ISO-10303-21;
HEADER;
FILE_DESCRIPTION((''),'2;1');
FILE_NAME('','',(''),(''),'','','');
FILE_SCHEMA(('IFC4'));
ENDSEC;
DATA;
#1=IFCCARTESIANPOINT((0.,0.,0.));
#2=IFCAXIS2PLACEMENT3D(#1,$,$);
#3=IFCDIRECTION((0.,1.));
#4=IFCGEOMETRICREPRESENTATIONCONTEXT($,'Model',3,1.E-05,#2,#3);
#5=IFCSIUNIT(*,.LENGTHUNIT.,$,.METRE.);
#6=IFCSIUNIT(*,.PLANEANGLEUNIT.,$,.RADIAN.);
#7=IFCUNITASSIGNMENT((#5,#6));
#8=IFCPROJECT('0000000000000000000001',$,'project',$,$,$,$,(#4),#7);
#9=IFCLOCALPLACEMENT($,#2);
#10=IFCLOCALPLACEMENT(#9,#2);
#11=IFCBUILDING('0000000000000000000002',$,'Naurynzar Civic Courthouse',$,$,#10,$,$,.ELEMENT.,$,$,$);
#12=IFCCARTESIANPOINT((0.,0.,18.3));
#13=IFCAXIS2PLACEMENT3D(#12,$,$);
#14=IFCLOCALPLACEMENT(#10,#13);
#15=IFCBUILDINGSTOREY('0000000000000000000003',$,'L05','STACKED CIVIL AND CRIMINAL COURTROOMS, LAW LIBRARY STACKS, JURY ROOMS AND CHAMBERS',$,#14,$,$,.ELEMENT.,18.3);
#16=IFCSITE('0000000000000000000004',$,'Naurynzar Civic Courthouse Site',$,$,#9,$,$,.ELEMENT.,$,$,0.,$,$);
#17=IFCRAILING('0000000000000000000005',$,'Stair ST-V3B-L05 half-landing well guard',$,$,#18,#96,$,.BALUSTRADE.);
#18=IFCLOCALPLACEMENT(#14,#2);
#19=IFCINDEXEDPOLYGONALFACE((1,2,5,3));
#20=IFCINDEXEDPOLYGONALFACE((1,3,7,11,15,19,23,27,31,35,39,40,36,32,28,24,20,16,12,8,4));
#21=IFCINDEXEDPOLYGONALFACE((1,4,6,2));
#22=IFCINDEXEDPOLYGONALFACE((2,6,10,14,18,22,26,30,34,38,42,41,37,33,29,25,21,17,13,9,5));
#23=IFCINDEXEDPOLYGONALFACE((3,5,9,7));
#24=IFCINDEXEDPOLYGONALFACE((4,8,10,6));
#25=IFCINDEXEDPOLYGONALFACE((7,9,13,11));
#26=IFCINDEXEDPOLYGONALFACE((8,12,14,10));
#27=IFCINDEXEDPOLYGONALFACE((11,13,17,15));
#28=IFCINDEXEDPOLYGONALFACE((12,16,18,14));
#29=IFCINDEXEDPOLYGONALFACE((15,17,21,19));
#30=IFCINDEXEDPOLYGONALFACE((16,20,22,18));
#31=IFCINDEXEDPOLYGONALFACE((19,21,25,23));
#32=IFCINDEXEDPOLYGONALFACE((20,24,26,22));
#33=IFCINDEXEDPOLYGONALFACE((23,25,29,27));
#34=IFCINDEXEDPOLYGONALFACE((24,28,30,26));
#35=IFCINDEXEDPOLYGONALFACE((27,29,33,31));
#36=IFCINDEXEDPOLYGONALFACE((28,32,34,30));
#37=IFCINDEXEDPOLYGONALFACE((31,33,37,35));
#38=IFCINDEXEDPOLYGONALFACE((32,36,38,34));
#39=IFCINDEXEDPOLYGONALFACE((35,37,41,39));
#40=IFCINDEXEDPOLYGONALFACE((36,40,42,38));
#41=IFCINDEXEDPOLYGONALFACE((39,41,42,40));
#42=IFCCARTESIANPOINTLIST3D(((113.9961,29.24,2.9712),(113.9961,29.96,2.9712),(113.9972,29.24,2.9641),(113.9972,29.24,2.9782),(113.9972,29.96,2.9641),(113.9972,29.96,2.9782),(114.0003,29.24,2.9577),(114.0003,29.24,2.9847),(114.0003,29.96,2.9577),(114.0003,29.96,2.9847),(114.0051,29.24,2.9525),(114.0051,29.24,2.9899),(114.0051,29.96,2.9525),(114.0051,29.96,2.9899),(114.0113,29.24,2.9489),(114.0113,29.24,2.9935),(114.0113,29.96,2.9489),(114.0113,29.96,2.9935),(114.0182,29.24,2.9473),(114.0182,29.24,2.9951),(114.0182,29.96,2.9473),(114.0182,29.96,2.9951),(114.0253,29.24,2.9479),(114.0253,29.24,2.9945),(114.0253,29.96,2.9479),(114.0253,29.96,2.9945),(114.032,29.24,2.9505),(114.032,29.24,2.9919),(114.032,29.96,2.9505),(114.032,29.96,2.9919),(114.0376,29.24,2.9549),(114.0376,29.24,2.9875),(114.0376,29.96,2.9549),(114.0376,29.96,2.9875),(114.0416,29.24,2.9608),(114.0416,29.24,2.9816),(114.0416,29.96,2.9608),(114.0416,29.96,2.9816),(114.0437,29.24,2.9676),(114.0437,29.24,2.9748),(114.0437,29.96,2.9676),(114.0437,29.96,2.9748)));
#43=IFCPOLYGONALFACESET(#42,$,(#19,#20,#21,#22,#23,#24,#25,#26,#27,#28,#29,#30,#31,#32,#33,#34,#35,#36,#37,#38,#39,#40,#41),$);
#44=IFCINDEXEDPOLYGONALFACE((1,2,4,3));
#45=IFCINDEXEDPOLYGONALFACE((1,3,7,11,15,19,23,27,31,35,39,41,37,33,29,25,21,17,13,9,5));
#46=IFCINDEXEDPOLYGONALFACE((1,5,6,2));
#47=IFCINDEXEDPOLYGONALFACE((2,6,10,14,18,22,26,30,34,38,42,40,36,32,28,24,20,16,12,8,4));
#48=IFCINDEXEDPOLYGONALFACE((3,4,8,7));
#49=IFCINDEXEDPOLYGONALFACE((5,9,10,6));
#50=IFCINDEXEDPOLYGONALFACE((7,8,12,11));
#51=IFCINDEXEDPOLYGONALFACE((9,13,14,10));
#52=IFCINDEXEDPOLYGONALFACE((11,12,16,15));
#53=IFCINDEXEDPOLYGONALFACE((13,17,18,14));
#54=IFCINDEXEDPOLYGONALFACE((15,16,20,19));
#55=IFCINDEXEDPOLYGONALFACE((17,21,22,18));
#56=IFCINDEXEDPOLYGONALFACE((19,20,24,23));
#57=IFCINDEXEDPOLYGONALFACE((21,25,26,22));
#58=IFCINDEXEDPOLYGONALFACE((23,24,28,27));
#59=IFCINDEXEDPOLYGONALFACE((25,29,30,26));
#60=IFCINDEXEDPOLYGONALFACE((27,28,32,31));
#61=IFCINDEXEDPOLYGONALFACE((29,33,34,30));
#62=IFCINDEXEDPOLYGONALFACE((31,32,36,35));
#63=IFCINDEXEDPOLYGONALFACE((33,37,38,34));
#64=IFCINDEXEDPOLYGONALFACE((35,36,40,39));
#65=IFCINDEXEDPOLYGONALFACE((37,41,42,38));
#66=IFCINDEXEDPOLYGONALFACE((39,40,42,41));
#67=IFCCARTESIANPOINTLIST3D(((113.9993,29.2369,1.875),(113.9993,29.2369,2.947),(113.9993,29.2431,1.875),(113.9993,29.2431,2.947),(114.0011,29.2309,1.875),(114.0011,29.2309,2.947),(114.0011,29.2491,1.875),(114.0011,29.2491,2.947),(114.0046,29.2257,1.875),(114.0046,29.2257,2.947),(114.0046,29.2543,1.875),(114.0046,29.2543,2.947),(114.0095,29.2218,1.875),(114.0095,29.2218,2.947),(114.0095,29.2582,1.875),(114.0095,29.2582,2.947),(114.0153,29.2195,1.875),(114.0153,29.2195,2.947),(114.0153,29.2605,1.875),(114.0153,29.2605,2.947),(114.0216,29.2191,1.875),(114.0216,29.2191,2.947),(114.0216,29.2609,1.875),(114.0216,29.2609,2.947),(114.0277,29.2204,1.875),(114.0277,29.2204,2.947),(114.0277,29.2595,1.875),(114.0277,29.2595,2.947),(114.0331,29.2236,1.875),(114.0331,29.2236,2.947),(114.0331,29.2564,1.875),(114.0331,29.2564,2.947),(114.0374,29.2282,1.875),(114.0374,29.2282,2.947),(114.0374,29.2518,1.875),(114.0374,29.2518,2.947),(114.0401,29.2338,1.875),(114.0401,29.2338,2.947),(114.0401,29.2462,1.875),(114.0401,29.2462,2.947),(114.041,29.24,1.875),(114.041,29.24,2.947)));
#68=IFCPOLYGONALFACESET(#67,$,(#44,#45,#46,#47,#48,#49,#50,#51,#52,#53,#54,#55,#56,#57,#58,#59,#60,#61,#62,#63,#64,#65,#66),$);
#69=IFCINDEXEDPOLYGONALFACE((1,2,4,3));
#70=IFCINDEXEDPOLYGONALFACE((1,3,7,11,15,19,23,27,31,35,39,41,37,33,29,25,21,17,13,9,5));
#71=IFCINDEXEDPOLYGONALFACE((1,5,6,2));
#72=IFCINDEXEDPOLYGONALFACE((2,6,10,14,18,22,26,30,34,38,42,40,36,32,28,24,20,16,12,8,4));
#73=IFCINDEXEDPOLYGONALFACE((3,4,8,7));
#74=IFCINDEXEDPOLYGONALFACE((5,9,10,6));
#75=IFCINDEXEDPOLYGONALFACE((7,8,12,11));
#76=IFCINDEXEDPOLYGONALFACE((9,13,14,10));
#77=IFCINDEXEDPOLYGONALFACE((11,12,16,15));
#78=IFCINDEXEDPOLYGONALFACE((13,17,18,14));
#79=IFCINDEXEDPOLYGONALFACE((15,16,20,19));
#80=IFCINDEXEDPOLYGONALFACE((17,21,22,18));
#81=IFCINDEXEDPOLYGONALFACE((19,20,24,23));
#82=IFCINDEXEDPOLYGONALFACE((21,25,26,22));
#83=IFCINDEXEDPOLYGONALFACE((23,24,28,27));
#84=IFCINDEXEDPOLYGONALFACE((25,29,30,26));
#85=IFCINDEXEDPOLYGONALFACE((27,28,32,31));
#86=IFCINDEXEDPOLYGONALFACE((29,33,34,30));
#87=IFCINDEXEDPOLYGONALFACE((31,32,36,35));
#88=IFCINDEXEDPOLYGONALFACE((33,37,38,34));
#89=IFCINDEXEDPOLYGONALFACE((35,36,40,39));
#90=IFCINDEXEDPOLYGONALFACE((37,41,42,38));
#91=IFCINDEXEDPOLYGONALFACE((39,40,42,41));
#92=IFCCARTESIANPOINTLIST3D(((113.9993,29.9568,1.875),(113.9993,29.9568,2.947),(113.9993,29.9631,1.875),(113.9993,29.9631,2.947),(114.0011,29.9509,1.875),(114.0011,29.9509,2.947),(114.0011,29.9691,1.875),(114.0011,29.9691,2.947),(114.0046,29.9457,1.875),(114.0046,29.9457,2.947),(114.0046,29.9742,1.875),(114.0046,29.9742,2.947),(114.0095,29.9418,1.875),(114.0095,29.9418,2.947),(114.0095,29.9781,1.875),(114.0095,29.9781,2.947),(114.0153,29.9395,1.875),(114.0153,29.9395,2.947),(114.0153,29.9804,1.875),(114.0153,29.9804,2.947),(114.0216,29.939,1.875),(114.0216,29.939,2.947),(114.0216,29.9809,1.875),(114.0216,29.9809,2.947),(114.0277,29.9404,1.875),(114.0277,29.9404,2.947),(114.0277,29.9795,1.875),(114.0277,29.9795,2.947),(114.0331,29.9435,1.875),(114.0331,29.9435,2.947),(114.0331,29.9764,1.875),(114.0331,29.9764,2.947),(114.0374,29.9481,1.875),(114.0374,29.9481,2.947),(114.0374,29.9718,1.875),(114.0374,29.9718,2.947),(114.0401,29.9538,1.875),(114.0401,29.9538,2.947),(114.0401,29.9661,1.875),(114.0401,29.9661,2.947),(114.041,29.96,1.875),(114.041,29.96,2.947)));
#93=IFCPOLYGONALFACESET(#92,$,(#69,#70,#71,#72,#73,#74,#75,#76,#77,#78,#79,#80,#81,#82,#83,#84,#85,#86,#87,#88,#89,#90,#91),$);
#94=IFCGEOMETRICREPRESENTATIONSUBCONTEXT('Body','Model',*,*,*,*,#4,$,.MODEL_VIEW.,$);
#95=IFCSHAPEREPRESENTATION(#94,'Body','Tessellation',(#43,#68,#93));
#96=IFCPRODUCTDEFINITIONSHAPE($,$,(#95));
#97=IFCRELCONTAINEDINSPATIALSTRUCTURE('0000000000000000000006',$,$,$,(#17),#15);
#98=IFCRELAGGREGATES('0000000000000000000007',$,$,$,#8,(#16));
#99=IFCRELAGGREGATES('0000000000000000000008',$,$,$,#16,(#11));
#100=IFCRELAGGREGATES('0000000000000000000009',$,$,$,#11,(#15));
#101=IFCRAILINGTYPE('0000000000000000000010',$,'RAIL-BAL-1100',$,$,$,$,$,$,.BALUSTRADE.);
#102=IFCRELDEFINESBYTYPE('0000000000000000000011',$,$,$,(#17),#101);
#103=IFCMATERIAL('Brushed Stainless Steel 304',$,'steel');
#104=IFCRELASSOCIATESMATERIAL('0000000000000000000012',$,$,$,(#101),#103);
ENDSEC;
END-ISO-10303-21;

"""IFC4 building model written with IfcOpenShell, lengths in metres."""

from ifc_helpers import new_model, si_unit, direction, frame, origin, origin_2d, place, context, subcontext, project, spatial, circle, extrude, material, type_object, element, save


model = new_model("IFC4")

# Units and contexts
model_context = context("Model", 3, precision=1e-05, world=origin(), true_north=direction((0.0, 1.0)))
body_context = subcontext(model_context, "Body", "Model", "MODEL_VIEW")
ifc_project = project(units=[si_unit("LENGTHUNIT", "METRE"), si_unit("PLANEANGLEUNIT", "RADIAN")], contexts=[model_context])

# Site, building, storey
site_placement = place(None, origin())
site = spatial("IfcSite", under=ifc_project, at=site_placement, Name="Naurynzar Civic Courthouse Site", CompositionType="ELEMENT", RefElevation=0.0)
building_placement = place(site_placement, origin())
building = spatial("IfcBuilding", under=site, at=building_placement, Name="Naurynzar Civic Courthouse", CompositionType="ELEMENT")
storey_placement = place(building_placement, frame((0.0, 0.0, 18.3)))
storey = spatial("IfcBuildingStorey", under=building, at=storey_placement, Name="L05", Description="STACKED CIVIL AND CRIMINAL COURTROOMS, LAW LIBRARY STACKS, JURY ROOMS AND CHAMBERS", CompositionType="ELEMENT", Elevation=18.3)

# Railing
ifc_material_1 = material(Name="Brushed Stainless Steel 304", Category="steel")
railing_type_1 = type_object("IfcRailingType", Name="RAIL-BAL-1100", PredefinedType="BALUSTRADE", material=ifc_material_1)
for number, where, name in (
    (1, (114.02, 29.24, 1.875), "Stair ST-V3B-L05 half-landing well guard"),
):
    element("IfcRailing", number, at=place(storey_placement, frame(where)), inside=storey, type_object=railing_type_1, Name=name, PredefinedType="BALUSTRADE", context=body_context, shape_type="SweptSolid", body=[
        extrude(circle(Radius=0.0239, at=origin_2d()), frame((0.0, 0.0, 1.0962), z_axis=(0.0, 1.0, 0.0), x_axis=(-1.0, 0.0, 0.0)), (0.0, 0.0, 1.0), 0.72),
        extrude(circle(Radius=0.021, at=origin_2d()), origin(), (0.0, 0.0, 1.0), 1.072),
        extrude(circle(Radius=0.021, at=origin_2d()), frame((0.0, 0.72, 0.0)), (0.0, 0.0, 1.0), 1.072),
    ])

save(model, "model.ifc")
